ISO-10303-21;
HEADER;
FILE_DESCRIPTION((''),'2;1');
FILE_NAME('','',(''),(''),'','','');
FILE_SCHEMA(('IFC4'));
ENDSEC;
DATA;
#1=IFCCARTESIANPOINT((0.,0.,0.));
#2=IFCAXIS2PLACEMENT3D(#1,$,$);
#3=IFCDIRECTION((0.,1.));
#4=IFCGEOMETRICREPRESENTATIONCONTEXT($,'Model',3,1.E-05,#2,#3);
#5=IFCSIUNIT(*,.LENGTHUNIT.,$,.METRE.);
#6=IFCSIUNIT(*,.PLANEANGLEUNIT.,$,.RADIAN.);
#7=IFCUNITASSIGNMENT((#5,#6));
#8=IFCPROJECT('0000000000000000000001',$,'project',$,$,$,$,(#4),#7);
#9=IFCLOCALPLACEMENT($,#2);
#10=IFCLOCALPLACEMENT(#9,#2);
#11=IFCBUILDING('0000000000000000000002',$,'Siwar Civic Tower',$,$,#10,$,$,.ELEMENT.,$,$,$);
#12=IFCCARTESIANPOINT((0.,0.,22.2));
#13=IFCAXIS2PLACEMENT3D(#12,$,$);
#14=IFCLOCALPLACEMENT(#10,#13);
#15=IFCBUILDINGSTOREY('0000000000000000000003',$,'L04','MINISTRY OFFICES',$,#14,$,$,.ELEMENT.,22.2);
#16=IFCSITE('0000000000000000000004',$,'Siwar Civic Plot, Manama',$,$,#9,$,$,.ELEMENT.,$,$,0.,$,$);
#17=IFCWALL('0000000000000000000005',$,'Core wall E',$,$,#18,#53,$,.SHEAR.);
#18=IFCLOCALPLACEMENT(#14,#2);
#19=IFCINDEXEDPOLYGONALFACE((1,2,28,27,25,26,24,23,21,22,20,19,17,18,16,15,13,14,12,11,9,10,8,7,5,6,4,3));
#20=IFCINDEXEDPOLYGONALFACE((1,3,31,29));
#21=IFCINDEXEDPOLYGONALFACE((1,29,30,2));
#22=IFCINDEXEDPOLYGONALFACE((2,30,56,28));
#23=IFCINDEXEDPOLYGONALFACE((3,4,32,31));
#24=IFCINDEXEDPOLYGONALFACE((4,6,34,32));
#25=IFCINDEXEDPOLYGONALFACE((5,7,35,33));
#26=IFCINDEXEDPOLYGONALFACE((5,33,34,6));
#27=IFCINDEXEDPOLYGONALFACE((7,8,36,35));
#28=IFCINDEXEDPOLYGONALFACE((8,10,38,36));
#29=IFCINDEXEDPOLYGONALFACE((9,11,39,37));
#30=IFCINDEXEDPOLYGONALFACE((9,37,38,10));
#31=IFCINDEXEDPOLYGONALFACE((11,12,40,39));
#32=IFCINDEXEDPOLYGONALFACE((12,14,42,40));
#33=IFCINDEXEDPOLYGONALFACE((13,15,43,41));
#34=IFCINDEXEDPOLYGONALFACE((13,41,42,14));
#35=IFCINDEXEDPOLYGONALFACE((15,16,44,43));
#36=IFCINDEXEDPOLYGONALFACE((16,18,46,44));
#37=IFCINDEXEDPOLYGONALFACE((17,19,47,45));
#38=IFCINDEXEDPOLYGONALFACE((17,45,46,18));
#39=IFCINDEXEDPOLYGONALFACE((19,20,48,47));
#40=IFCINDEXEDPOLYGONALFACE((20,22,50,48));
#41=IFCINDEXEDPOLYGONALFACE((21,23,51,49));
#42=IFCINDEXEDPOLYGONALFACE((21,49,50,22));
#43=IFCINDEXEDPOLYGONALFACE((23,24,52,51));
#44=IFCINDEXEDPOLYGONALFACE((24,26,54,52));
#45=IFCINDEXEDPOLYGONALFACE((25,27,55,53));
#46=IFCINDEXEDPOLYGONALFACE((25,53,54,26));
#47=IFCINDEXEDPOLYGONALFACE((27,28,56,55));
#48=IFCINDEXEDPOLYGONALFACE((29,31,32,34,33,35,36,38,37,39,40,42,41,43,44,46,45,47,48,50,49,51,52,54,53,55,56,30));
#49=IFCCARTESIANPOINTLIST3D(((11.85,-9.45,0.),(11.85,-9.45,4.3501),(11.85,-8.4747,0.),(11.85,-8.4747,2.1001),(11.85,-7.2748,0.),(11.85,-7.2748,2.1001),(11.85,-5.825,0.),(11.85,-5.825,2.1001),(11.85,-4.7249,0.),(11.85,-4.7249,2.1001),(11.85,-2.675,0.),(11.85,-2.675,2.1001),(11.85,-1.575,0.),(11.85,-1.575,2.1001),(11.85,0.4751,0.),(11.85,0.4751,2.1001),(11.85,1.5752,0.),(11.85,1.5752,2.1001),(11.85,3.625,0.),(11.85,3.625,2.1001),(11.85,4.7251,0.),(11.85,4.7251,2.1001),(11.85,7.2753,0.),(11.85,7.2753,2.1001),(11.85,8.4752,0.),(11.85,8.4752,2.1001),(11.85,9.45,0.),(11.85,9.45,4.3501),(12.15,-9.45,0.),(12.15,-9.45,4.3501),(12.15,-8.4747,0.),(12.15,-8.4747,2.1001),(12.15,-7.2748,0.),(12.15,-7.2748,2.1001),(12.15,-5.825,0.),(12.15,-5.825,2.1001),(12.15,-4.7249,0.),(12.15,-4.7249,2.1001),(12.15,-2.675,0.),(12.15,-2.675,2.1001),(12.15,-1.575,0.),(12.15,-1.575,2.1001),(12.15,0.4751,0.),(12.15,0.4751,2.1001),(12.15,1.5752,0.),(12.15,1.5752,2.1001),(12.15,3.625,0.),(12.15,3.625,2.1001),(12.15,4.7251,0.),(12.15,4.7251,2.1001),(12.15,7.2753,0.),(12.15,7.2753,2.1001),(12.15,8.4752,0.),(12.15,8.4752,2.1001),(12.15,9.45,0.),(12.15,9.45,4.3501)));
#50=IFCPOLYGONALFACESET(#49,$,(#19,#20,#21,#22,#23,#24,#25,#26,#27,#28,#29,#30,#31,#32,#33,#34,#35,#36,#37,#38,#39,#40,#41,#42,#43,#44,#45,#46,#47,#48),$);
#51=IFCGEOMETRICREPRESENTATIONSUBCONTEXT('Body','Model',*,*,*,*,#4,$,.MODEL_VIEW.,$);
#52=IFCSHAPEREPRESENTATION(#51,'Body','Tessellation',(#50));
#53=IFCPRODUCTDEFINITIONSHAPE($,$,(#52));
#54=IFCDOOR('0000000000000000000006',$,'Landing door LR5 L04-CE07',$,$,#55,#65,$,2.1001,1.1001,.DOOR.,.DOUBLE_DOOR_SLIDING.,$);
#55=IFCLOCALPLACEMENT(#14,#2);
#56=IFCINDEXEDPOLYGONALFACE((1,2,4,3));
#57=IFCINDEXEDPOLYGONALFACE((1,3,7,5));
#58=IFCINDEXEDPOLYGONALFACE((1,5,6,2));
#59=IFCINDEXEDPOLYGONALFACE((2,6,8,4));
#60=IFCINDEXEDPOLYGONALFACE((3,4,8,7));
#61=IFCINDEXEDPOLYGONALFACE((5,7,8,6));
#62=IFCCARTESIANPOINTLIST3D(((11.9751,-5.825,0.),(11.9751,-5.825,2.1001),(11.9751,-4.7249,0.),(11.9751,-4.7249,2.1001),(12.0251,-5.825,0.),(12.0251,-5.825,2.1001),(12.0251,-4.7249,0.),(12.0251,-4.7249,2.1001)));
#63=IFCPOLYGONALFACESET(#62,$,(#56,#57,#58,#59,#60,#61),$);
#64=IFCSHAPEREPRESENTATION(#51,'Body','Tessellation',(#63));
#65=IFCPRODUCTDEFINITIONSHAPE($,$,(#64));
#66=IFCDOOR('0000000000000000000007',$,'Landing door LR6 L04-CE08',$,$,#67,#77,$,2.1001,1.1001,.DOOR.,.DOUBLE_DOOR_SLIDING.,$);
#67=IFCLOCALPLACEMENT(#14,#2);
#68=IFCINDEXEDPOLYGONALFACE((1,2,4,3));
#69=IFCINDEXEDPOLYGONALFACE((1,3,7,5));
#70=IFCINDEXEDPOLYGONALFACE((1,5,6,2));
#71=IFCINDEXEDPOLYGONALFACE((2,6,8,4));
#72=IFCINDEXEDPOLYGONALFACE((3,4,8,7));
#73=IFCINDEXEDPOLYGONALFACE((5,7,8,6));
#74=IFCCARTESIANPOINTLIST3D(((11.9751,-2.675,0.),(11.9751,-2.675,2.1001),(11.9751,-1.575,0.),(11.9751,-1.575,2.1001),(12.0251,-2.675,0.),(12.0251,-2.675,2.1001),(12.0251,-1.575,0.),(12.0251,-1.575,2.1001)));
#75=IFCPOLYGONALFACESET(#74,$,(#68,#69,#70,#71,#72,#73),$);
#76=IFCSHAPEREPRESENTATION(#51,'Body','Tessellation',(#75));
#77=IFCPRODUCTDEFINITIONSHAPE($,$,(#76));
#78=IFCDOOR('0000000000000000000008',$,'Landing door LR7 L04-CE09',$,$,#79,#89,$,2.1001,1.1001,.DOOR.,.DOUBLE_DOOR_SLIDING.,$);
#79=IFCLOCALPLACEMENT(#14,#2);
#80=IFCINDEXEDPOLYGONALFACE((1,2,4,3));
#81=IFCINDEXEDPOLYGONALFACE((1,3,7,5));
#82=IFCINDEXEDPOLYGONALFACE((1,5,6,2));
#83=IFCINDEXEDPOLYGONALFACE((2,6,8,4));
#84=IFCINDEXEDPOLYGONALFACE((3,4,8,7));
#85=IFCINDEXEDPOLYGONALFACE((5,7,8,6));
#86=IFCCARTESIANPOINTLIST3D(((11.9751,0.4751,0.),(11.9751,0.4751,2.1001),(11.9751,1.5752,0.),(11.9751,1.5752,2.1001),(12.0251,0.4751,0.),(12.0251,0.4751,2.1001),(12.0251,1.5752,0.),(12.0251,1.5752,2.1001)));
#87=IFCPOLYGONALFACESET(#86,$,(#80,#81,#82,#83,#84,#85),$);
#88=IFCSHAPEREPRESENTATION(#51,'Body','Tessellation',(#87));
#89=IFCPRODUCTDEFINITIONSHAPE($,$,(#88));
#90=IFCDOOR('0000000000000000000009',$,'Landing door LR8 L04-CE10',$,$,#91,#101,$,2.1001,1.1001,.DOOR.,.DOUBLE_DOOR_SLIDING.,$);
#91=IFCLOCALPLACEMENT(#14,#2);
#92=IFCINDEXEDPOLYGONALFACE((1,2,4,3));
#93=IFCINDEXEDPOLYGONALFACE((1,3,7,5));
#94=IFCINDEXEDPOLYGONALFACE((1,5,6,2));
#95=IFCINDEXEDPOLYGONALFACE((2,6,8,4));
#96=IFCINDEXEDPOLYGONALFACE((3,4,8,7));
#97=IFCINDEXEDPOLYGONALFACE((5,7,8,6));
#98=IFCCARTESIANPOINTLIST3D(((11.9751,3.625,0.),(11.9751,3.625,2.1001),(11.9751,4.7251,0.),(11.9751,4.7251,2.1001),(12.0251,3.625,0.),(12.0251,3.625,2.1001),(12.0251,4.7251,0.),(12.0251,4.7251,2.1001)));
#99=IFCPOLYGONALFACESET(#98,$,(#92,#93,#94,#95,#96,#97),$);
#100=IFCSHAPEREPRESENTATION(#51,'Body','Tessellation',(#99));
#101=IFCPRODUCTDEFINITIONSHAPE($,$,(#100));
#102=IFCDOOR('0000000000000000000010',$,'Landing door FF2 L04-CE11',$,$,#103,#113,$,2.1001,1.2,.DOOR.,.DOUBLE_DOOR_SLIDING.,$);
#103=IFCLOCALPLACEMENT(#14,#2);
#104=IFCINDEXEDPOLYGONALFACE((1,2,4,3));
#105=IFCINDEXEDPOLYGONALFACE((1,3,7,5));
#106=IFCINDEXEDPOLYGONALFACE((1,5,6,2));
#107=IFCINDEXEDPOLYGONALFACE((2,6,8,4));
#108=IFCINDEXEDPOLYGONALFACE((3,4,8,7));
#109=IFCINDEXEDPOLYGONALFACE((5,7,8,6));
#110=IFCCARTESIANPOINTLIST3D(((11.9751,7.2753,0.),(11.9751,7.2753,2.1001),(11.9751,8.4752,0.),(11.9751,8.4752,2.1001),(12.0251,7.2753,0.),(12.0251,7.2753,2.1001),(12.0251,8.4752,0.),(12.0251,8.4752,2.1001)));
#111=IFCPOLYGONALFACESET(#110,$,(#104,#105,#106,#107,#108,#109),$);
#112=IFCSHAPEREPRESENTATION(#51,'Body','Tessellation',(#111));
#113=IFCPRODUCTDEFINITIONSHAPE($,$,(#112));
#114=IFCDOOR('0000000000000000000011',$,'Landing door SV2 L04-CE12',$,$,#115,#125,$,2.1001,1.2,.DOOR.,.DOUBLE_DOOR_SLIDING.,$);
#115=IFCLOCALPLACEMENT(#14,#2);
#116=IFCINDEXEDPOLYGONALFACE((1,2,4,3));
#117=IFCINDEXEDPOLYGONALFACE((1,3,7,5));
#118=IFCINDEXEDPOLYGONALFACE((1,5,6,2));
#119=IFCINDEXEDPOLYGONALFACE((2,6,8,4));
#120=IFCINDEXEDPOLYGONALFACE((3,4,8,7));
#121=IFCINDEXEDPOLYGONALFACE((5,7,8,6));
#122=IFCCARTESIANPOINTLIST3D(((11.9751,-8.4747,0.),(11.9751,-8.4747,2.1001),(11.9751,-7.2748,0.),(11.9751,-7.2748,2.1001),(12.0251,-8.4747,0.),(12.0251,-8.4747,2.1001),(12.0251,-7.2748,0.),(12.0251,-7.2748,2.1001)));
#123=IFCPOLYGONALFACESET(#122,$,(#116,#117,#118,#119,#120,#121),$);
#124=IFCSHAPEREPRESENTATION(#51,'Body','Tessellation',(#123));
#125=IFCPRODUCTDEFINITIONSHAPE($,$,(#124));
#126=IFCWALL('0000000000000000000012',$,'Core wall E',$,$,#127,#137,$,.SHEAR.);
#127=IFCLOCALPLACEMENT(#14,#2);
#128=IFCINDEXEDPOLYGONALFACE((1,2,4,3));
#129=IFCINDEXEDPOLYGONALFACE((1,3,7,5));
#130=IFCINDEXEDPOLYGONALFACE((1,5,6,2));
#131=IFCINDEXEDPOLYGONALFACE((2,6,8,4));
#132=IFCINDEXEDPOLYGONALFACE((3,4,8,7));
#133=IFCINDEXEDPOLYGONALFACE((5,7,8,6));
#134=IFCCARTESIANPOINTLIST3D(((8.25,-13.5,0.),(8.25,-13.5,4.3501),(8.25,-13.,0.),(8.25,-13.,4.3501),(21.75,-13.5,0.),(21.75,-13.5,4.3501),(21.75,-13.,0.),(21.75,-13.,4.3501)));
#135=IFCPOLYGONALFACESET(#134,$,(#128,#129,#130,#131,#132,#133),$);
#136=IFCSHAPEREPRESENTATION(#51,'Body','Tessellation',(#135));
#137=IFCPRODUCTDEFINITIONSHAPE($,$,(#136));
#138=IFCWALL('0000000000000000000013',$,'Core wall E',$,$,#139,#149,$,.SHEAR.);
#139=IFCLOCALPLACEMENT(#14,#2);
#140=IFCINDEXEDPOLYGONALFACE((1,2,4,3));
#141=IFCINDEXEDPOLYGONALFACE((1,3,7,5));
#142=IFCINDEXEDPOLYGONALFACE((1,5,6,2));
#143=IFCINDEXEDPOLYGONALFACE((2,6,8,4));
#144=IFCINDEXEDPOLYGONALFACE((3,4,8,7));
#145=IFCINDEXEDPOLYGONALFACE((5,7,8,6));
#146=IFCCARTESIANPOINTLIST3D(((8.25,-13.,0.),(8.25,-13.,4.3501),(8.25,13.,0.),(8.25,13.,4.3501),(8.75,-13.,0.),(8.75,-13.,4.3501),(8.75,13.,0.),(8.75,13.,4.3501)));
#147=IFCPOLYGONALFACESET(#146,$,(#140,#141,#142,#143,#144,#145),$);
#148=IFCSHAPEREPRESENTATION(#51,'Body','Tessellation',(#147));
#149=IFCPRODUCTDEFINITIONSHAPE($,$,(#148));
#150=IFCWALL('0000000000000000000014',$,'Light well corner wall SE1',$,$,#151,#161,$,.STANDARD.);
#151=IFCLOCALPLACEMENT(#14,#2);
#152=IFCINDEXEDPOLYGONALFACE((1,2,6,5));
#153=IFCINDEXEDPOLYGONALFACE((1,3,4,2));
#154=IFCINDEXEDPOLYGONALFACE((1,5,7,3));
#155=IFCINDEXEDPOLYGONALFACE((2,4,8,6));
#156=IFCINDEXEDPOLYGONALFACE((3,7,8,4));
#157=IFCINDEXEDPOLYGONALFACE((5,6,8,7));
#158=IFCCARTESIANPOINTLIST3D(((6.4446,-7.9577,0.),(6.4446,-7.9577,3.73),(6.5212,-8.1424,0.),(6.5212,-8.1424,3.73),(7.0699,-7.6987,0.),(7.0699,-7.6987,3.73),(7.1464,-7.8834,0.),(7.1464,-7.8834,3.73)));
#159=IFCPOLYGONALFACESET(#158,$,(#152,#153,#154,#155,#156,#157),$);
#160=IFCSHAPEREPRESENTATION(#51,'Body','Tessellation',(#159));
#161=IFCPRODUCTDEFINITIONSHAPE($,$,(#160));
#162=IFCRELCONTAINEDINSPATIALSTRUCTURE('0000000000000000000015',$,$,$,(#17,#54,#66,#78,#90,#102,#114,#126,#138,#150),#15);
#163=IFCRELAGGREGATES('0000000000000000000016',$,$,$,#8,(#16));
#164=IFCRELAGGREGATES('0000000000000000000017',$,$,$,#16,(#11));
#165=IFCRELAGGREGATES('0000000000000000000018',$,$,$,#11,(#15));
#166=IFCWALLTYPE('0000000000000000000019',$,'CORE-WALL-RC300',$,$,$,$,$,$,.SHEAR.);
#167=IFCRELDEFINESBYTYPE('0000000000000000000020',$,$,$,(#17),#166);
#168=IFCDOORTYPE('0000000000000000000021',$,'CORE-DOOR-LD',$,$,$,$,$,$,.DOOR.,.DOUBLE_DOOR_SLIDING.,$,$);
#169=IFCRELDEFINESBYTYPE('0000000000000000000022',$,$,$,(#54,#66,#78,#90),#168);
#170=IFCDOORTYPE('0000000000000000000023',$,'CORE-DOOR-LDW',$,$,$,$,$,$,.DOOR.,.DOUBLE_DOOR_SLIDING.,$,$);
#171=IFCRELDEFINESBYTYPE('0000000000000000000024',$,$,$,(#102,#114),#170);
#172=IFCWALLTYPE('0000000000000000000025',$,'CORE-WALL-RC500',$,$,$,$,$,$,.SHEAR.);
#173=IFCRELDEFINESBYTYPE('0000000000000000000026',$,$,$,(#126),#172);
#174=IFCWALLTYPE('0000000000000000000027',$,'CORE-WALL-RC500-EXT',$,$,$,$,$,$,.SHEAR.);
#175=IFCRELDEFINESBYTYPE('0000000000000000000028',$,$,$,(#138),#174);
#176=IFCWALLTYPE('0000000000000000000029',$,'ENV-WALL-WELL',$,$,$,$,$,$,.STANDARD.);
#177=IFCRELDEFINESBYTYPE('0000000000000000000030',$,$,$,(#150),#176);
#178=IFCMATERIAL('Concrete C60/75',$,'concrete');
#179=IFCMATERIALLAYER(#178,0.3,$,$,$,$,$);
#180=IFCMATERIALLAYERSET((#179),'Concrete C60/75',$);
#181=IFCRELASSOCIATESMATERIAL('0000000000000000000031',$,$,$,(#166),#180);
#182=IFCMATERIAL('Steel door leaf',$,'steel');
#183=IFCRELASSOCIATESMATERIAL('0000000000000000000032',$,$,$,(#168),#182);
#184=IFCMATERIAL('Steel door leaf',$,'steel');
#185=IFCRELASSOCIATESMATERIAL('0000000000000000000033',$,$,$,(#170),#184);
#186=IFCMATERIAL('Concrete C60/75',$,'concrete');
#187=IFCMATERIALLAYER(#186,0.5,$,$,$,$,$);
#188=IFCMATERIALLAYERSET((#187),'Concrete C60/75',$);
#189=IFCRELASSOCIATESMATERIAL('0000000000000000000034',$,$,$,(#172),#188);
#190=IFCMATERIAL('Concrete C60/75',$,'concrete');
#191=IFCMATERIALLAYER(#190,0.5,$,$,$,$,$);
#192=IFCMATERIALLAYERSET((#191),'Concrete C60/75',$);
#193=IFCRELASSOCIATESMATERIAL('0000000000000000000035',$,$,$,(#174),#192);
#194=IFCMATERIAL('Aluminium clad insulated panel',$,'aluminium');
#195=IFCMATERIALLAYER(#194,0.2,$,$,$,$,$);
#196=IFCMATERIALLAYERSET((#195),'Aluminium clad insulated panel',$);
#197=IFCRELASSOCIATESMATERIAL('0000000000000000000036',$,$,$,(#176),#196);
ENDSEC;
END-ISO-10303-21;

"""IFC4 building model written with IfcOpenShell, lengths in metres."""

from ifc_helpers import new_model, si_unit, direction, frame, frame_2d, origin, place, context, subcontext, project, spatial, rectangle, extrude, material, layer, layer_set, type_object, element, fill, save


model = new_model("IFC4")

# Units and contexts
model_context = context("Model", 3, precision=1e-05, world=origin(), true_north=direction((0.0, 1.0)))
body_context = subcontext(model_context, "Body", "Model", "MODEL_VIEW")
ifc_project = project(units=[si_unit("LENGTHUNIT", "METRE"), si_unit("PLANEANGLEUNIT", "RADIAN")], contexts=[model_context])

# Site, building, storey
site_placement = place(None, origin())
site = spatial("IfcSite", under=ifc_project, at=site_placement, Name="Siwar Civic Plot, Manama", CompositionType="ELEMENT", RefElevation=0.0)
building_placement = place(site_placement, origin())
building = spatial("IfcBuilding", under=site, at=building_placement, Name="Siwar Civic Tower", CompositionType="ELEMENT")
storey_placement = place(building_placement, frame((0.0, 0.0, 22.2)))
storey = spatial("IfcBuildingStorey", under=building, at=storey_placement, Name="L04", Description="MINISTRY OFFICES", CompositionType="ELEMENT", Elevation=22.2)

# Wall, openings, doors
ifc_material_1 = material(Name="Concrete C60/75", Category="concrete")
ifc_layer_1 = layer(ifc_material_1, 0.3)
ifc_layer_set_1 = layer_set([ifc_layer_1], Name="Concrete C60/75")
wall_type_1 = type_object("IfcWallType", Name="CORE-WALL-RC300", PredefinedType="SHEAR", material=ifc_layer_set_1)
wall_1_placement = place(storey_placement, frame((12.0, -9.45, 0.0), z_axis=(0.0, 0.0, 1.0), x_axis=(0.0, 1.0, 0.0)))
wall_1 = element("IfcWall", 1, at=wall_1_placement, inside=storey, type_object=wall_type_1, Name="Core wall E", PredefinedType="SHEAR", context=body_context, shape_type="SweptSolid", body=[
    extrude(rectangle(XDim=18.8999, YDim=0.3, at=frame_2d((9.45, 0.0))), origin(), (0.0, 0.0, 1.0), 4.3501),
])
opening_1_placement = place(wall_1_placement, frame((3.625, 0.0, 0.0)))
opening_1 = element("IfcOpeningElement", 2, at=opening_1_placement, cuts=wall_1, PredefinedType="OPENING", context=body_context, shape_type="SweptSolid", body=[
    extrude(rectangle(XDim=1.1001, YDim=2.1001, at=frame_2d((0.55, 1.05))), frame((0.0, 0.1602, 0.0), z_axis=(0.0, -1.0, 0.0), x_axis=(1.0, 0.0, 0.0)), (0.0, 0.0, 1.0), 0.3201),
])
opening_2_placement = place(wall_1_placement, frame((6.7749, 0.0, 0.0)))
opening_2 = element("IfcOpeningElement", 3, at=opening_2_placement, cuts=wall_1, PredefinedType="OPENING", context=body_context, shape_type="SweptSolid", body=[
    extrude(rectangle(XDim=1.1001, YDim=2.1001, at=frame_2d((0.55, 1.05))), frame((0.0, 0.1602, 0.0), z_axis=(0.0, -1.0, 0.0), x_axis=(1.0, 0.0, 0.0)), (0.0, 0.0, 1.0), 0.3201),
])
opening_3_placement = place(wall_1_placement, frame((9.925, 0.0, 0.0)))
opening_3 = element("IfcOpeningElement", 4, at=opening_3_placement, cuts=wall_1, PredefinedType="OPENING", context=body_context, shape_type="SweptSolid", body=[
    extrude(rectangle(XDim=1.1001, YDim=2.1001, at=frame_2d((0.55, 1.05))), frame((0.0, 0.1602, 0.0), z_axis=(0.0, -1.0, 0.0), x_axis=(1.0, 0.0, 0.0)), (0.0, 0.0, 1.0), 0.3201),
])
opening_4_placement = place(wall_1_placement, frame((13.075, 0.0, 0.0)))
opening_4 = element("IfcOpeningElement", 5, at=opening_4_placement, cuts=wall_1, PredefinedType="OPENING", context=body_context, shape_type="SweptSolid", body=[
    extrude(rectangle(XDim=1.1001, YDim=2.1001, at=frame_2d((0.55, 1.05))), frame((0.0, 0.1602, 0.0), z_axis=(0.0, -1.0, 0.0), x_axis=(1.0, 0.0, 0.0)), (0.0, 0.0, 1.0), 0.3201),
])
opening_5_placement = place(wall_1_placement, frame((16.7251, 0.0, 0.0)))
opening_5 = element("IfcOpeningElement", 6, at=opening_5_placement, cuts=wall_1, PredefinedType="OPENING", context=body_context, shape_type="SweptSolid", body=[
    extrude(rectangle(XDim=1.2, YDim=2.1001, at=frame_2d((0.6001, 1.05))), frame((0.0, 0.1602, 0.0), z_axis=(0.0, -1.0, 0.0), x_axis=(1.0, 0.0, 0.0)), (0.0, 0.0, 1.0), 0.3201),
])
opening_6_placement = place(wall_1_placement, frame((0.9751, 0.0, 0.0)))
opening_6 = element("IfcOpeningElement", 7, at=opening_6_placement, cuts=wall_1, PredefinedType="OPENING", context=body_context, shape_type="SweptSolid", body=[
    extrude(rectangle(XDim=1.2, YDim=2.1001, at=frame_2d((0.6001, 1.05))), frame((0.0, 0.1602, 0.0), z_axis=(0.0, -1.0, 0.0), x_axis=(1.0, 0.0, 0.0)), (0.0, 0.0, 1.0), 0.3201),
])
ifc_material_2 = material(Name="Steel door leaf", Category="steel")
door_type_1 = type_object("IfcDoorType", Name="CORE-DOOR-LD", OperationType="DOUBLE_DOOR_SLIDING", PredefinedType="DOOR", material=ifc_material_2)
door_1_placement = place(opening_1_placement, origin())
door_1 = element("IfcDoor", 8, at=door_1_placement, inside=storey, type_object=door_type_1, Name="Landing door LR5 L04-CE07", OperationType="DOUBLE_DOOR_SLIDING", OverallHeight=2.1001, OverallWidth=1.1001, PredefinedType="DOOR", context=body_context, shape_type="SweptSolid", body=[
    extrude(rectangle(XDim=1.1001, YDim=2.1001, at=frame_2d((0.55, 1.05))), frame((0.0, 0.0249, 0.0), z_axis=(0.0, -1.0, 0.0), x_axis=(1.0, 0.0, 0.0)), (0.0, 0.0, 1.0), 0.05),
])
fill(opening_1, door_1)
door_2_placement = place(opening_2_placement, origin())
door_2 = element("IfcDoor", 9, at=door_2_placement, inside=storey, type_object=door_type_1, Name="Landing door LR6 L04-CE08", OperationType="DOUBLE_DOOR_SLIDING", OverallHeight=2.1001, OverallWidth=1.1001, PredefinedType="DOOR", context=body_context, shape_type="SweptSolid", body=[
    extrude(rectangle(XDim=1.1001, YDim=2.1001, at=frame_2d((0.55, 1.05))), frame((0.0, 0.0249, 0.0), z_axis=(0.0, -1.0, 0.0), x_axis=(1.0, 0.0, 0.0)), (0.0, 0.0, 1.0), 0.05),
])
fill(opening_2, door_2)
door_3_placement = place(opening_3_placement, origin())
door_3 = element("IfcDoor", 10, at=door_3_placement, inside=storey, type_object=door_type_1, Name="Landing door LR7 L04-CE09", OperationType="DOUBLE_DOOR_SLIDING", OverallHeight=2.1001, OverallWidth=1.1001, PredefinedType="DOOR", context=body_context, shape_type="SweptSolid", body=[
    extrude(rectangle(XDim=1.1001, YDim=2.1001, at=frame_2d((0.55, 1.05))), frame((0.0, 0.0249, 0.0), z_axis=(0.0, -1.0, 0.0), x_axis=(1.0, 0.0, 0.0)), (0.0, 0.0, 1.0), 0.05),
])
fill(opening_3, door_3)
door_4_placement = place(opening_4_placement, origin())
door_4 = element("IfcDoor", 11, at=door_4_placement, inside=storey, type_object=door_type_1, Name="Landing door LR8 L04-CE10", OperationType="DOUBLE_DOOR_SLIDING", OverallHeight=2.1001, OverallWidth=1.1001, PredefinedType="DOOR", context=body_context, shape_type="SweptSolid", body=[
    extrude(rectangle(XDim=1.1001, YDim=2.1001, at=frame_2d((0.55, 1.05))), frame((0.0, 0.0249, 0.0), z_axis=(0.0, -1.0, 0.0), x_axis=(1.0, 0.0, 0.0)), (0.0, 0.0, 1.0), 0.05),
])
fill(opening_4, door_4)
ifc_material_3 = material(Name="Steel door leaf", Category="steel")
door_type_2 = type_object("IfcDoorType", Name="CORE-DOOR-LDW", OperationType="DOUBLE_DOOR_SLIDING", PredefinedType="DOOR", material=ifc_material_3)
door_5_placement = place(opening_5_placement, origin())
door_5 = element("IfcDoor", 12, at=door_5_placement, inside=storey, type_object=door_type_2, Name="Landing door FF2 L04-CE11", OperationType="DOUBLE_DOOR_SLIDING", OverallHeight=2.1001, OverallWidth=1.2, PredefinedType="DOOR", context=body_context, shape_type="SweptSolid", body=[
    extrude(rectangle(XDim=1.2, YDim=2.1001, at=frame_2d((0.6001, 1.05))), frame((0.0, 0.0249, 0.0), z_axis=(0.0, -1.0, 0.0), x_axis=(1.0, 0.0, 0.0)), (0.0, 0.0, 1.0), 0.05),
])
fill(opening_5, door_5)
door_6_placement = place(opening_6_placement, origin())
door_6 = element("IfcDoor", 13, at=door_6_placement, inside=storey, type_object=door_type_2, Name="Landing door SV2 L04-CE12", OperationType="DOUBLE_DOOR_SLIDING", OverallHeight=2.1001, OverallWidth=1.2, PredefinedType="DOOR", context=body_context, shape_type="SweptSolid", body=[
    extrude(rectangle(XDim=1.2, YDim=2.1001, at=frame_2d((0.6001, 1.05))), frame((0.0, 0.0249, 0.0), z_axis=(0.0, -1.0, 0.0), x_axis=(1.0, 0.0, 0.0)), (0.0, 0.0, 1.0), 0.05),
])
fill(opening_6, door_6)

# Walls
ifc_material_4 = material(Name="Concrete C60/75", Category="concrete")
ifc_layer_2 = layer(ifc_material_4, 0.5)
ifc_layer_set_2 = layer_set([ifc_layer_2], Name="Concrete C60/75")
wall_type_2 = type_object("IfcWallType", Name="CORE-WALL-RC500", PredefinedType="SHEAR", material=ifc_layer_set_2)
wall_2_placement = place(storey_placement, frame((8.25, -13.25, 0.0), z_axis=(0.0, 0.0, 1.0), x_axis=(1.0, 0.0, 0.0)))
element("IfcWall", 14, at=wall_2_placement, inside=storey, type_object=wall_type_2, Name="Core wall E", PredefinedType="SHEAR", context=body_context, shape_type="SweptSolid", body=[
    extrude(rectangle(XDim=13.5, YDim=0.5, at=frame_2d((6.75, 0.0))), origin(), (0.0, 0.0, 1.0), 4.3501),
])
ifc_material_5 = material(Name="Concrete C60/75", Category="concrete")
ifc_layer_3 = layer(ifc_material_5, 0.5)
ifc_layer_set_3 = layer_set([ifc_layer_3], Name="Concrete C60/75")
wall_type_3 = type_object("IfcWallType", Name="CORE-WALL-RC500-EXT", PredefinedType="SHEAR", material=ifc_layer_set_3)
wall_3_placement = place(storey_placement, frame((8.5, -13.0, 0.0), z_axis=(0.0, 0.0, 1.0), x_axis=(0.0, 1.0, 0.0)))
element("IfcWall", 15, at=wall_3_placement, inside=storey, type_object=wall_type_3, Name="Core wall E", PredefinedType="SHEAR", context=body_context, shape_type="SweptSolid", body=[
    extrude(rectangle(XDim=26.0, YDim=0.5, at=frame_2d((13.0, 0.0))), origin(), (0.0, 0.0, 1.0), 4.3501),
])
ifc_material_6 = material(Name="Aluminium clad insulated panel", Category="aluminium")
ifc_layer_4 = layer(ifc_material_6, 0.2)
ifc_layer_set_4 = layer_set([ifc_layer_4], Name="Aluminium clad insulated panel")
wall_type_4 = type_object("IfcWallType", Name="ENV-WALL-WELL", PredefinedType="STANDARD", material=ifc_layer_set_4)
wall_4_placement = place(storey_placement, frame((6.4829, -8.05, 0.0), z_axis=(0.0, 0.0, 1.0), x_axis=(0.923854, 0.382745, 0.0)))
element("IfcWall", 16, at=wall_4_placement, inside=storey, type_object=wall_type_4, Name="Light well corner wall SE1", PredefinedType="STANDARD", context=body_context, shape_type="SweptSolid", body=[
    extrude(rectangle(XDim=0.6768, YDim=0.2, at=frame_2d((0.3384, 0.0))), origin(), (0.0, 0.0, 1.0), 3.73),
])

save(model, "model.ifc")
